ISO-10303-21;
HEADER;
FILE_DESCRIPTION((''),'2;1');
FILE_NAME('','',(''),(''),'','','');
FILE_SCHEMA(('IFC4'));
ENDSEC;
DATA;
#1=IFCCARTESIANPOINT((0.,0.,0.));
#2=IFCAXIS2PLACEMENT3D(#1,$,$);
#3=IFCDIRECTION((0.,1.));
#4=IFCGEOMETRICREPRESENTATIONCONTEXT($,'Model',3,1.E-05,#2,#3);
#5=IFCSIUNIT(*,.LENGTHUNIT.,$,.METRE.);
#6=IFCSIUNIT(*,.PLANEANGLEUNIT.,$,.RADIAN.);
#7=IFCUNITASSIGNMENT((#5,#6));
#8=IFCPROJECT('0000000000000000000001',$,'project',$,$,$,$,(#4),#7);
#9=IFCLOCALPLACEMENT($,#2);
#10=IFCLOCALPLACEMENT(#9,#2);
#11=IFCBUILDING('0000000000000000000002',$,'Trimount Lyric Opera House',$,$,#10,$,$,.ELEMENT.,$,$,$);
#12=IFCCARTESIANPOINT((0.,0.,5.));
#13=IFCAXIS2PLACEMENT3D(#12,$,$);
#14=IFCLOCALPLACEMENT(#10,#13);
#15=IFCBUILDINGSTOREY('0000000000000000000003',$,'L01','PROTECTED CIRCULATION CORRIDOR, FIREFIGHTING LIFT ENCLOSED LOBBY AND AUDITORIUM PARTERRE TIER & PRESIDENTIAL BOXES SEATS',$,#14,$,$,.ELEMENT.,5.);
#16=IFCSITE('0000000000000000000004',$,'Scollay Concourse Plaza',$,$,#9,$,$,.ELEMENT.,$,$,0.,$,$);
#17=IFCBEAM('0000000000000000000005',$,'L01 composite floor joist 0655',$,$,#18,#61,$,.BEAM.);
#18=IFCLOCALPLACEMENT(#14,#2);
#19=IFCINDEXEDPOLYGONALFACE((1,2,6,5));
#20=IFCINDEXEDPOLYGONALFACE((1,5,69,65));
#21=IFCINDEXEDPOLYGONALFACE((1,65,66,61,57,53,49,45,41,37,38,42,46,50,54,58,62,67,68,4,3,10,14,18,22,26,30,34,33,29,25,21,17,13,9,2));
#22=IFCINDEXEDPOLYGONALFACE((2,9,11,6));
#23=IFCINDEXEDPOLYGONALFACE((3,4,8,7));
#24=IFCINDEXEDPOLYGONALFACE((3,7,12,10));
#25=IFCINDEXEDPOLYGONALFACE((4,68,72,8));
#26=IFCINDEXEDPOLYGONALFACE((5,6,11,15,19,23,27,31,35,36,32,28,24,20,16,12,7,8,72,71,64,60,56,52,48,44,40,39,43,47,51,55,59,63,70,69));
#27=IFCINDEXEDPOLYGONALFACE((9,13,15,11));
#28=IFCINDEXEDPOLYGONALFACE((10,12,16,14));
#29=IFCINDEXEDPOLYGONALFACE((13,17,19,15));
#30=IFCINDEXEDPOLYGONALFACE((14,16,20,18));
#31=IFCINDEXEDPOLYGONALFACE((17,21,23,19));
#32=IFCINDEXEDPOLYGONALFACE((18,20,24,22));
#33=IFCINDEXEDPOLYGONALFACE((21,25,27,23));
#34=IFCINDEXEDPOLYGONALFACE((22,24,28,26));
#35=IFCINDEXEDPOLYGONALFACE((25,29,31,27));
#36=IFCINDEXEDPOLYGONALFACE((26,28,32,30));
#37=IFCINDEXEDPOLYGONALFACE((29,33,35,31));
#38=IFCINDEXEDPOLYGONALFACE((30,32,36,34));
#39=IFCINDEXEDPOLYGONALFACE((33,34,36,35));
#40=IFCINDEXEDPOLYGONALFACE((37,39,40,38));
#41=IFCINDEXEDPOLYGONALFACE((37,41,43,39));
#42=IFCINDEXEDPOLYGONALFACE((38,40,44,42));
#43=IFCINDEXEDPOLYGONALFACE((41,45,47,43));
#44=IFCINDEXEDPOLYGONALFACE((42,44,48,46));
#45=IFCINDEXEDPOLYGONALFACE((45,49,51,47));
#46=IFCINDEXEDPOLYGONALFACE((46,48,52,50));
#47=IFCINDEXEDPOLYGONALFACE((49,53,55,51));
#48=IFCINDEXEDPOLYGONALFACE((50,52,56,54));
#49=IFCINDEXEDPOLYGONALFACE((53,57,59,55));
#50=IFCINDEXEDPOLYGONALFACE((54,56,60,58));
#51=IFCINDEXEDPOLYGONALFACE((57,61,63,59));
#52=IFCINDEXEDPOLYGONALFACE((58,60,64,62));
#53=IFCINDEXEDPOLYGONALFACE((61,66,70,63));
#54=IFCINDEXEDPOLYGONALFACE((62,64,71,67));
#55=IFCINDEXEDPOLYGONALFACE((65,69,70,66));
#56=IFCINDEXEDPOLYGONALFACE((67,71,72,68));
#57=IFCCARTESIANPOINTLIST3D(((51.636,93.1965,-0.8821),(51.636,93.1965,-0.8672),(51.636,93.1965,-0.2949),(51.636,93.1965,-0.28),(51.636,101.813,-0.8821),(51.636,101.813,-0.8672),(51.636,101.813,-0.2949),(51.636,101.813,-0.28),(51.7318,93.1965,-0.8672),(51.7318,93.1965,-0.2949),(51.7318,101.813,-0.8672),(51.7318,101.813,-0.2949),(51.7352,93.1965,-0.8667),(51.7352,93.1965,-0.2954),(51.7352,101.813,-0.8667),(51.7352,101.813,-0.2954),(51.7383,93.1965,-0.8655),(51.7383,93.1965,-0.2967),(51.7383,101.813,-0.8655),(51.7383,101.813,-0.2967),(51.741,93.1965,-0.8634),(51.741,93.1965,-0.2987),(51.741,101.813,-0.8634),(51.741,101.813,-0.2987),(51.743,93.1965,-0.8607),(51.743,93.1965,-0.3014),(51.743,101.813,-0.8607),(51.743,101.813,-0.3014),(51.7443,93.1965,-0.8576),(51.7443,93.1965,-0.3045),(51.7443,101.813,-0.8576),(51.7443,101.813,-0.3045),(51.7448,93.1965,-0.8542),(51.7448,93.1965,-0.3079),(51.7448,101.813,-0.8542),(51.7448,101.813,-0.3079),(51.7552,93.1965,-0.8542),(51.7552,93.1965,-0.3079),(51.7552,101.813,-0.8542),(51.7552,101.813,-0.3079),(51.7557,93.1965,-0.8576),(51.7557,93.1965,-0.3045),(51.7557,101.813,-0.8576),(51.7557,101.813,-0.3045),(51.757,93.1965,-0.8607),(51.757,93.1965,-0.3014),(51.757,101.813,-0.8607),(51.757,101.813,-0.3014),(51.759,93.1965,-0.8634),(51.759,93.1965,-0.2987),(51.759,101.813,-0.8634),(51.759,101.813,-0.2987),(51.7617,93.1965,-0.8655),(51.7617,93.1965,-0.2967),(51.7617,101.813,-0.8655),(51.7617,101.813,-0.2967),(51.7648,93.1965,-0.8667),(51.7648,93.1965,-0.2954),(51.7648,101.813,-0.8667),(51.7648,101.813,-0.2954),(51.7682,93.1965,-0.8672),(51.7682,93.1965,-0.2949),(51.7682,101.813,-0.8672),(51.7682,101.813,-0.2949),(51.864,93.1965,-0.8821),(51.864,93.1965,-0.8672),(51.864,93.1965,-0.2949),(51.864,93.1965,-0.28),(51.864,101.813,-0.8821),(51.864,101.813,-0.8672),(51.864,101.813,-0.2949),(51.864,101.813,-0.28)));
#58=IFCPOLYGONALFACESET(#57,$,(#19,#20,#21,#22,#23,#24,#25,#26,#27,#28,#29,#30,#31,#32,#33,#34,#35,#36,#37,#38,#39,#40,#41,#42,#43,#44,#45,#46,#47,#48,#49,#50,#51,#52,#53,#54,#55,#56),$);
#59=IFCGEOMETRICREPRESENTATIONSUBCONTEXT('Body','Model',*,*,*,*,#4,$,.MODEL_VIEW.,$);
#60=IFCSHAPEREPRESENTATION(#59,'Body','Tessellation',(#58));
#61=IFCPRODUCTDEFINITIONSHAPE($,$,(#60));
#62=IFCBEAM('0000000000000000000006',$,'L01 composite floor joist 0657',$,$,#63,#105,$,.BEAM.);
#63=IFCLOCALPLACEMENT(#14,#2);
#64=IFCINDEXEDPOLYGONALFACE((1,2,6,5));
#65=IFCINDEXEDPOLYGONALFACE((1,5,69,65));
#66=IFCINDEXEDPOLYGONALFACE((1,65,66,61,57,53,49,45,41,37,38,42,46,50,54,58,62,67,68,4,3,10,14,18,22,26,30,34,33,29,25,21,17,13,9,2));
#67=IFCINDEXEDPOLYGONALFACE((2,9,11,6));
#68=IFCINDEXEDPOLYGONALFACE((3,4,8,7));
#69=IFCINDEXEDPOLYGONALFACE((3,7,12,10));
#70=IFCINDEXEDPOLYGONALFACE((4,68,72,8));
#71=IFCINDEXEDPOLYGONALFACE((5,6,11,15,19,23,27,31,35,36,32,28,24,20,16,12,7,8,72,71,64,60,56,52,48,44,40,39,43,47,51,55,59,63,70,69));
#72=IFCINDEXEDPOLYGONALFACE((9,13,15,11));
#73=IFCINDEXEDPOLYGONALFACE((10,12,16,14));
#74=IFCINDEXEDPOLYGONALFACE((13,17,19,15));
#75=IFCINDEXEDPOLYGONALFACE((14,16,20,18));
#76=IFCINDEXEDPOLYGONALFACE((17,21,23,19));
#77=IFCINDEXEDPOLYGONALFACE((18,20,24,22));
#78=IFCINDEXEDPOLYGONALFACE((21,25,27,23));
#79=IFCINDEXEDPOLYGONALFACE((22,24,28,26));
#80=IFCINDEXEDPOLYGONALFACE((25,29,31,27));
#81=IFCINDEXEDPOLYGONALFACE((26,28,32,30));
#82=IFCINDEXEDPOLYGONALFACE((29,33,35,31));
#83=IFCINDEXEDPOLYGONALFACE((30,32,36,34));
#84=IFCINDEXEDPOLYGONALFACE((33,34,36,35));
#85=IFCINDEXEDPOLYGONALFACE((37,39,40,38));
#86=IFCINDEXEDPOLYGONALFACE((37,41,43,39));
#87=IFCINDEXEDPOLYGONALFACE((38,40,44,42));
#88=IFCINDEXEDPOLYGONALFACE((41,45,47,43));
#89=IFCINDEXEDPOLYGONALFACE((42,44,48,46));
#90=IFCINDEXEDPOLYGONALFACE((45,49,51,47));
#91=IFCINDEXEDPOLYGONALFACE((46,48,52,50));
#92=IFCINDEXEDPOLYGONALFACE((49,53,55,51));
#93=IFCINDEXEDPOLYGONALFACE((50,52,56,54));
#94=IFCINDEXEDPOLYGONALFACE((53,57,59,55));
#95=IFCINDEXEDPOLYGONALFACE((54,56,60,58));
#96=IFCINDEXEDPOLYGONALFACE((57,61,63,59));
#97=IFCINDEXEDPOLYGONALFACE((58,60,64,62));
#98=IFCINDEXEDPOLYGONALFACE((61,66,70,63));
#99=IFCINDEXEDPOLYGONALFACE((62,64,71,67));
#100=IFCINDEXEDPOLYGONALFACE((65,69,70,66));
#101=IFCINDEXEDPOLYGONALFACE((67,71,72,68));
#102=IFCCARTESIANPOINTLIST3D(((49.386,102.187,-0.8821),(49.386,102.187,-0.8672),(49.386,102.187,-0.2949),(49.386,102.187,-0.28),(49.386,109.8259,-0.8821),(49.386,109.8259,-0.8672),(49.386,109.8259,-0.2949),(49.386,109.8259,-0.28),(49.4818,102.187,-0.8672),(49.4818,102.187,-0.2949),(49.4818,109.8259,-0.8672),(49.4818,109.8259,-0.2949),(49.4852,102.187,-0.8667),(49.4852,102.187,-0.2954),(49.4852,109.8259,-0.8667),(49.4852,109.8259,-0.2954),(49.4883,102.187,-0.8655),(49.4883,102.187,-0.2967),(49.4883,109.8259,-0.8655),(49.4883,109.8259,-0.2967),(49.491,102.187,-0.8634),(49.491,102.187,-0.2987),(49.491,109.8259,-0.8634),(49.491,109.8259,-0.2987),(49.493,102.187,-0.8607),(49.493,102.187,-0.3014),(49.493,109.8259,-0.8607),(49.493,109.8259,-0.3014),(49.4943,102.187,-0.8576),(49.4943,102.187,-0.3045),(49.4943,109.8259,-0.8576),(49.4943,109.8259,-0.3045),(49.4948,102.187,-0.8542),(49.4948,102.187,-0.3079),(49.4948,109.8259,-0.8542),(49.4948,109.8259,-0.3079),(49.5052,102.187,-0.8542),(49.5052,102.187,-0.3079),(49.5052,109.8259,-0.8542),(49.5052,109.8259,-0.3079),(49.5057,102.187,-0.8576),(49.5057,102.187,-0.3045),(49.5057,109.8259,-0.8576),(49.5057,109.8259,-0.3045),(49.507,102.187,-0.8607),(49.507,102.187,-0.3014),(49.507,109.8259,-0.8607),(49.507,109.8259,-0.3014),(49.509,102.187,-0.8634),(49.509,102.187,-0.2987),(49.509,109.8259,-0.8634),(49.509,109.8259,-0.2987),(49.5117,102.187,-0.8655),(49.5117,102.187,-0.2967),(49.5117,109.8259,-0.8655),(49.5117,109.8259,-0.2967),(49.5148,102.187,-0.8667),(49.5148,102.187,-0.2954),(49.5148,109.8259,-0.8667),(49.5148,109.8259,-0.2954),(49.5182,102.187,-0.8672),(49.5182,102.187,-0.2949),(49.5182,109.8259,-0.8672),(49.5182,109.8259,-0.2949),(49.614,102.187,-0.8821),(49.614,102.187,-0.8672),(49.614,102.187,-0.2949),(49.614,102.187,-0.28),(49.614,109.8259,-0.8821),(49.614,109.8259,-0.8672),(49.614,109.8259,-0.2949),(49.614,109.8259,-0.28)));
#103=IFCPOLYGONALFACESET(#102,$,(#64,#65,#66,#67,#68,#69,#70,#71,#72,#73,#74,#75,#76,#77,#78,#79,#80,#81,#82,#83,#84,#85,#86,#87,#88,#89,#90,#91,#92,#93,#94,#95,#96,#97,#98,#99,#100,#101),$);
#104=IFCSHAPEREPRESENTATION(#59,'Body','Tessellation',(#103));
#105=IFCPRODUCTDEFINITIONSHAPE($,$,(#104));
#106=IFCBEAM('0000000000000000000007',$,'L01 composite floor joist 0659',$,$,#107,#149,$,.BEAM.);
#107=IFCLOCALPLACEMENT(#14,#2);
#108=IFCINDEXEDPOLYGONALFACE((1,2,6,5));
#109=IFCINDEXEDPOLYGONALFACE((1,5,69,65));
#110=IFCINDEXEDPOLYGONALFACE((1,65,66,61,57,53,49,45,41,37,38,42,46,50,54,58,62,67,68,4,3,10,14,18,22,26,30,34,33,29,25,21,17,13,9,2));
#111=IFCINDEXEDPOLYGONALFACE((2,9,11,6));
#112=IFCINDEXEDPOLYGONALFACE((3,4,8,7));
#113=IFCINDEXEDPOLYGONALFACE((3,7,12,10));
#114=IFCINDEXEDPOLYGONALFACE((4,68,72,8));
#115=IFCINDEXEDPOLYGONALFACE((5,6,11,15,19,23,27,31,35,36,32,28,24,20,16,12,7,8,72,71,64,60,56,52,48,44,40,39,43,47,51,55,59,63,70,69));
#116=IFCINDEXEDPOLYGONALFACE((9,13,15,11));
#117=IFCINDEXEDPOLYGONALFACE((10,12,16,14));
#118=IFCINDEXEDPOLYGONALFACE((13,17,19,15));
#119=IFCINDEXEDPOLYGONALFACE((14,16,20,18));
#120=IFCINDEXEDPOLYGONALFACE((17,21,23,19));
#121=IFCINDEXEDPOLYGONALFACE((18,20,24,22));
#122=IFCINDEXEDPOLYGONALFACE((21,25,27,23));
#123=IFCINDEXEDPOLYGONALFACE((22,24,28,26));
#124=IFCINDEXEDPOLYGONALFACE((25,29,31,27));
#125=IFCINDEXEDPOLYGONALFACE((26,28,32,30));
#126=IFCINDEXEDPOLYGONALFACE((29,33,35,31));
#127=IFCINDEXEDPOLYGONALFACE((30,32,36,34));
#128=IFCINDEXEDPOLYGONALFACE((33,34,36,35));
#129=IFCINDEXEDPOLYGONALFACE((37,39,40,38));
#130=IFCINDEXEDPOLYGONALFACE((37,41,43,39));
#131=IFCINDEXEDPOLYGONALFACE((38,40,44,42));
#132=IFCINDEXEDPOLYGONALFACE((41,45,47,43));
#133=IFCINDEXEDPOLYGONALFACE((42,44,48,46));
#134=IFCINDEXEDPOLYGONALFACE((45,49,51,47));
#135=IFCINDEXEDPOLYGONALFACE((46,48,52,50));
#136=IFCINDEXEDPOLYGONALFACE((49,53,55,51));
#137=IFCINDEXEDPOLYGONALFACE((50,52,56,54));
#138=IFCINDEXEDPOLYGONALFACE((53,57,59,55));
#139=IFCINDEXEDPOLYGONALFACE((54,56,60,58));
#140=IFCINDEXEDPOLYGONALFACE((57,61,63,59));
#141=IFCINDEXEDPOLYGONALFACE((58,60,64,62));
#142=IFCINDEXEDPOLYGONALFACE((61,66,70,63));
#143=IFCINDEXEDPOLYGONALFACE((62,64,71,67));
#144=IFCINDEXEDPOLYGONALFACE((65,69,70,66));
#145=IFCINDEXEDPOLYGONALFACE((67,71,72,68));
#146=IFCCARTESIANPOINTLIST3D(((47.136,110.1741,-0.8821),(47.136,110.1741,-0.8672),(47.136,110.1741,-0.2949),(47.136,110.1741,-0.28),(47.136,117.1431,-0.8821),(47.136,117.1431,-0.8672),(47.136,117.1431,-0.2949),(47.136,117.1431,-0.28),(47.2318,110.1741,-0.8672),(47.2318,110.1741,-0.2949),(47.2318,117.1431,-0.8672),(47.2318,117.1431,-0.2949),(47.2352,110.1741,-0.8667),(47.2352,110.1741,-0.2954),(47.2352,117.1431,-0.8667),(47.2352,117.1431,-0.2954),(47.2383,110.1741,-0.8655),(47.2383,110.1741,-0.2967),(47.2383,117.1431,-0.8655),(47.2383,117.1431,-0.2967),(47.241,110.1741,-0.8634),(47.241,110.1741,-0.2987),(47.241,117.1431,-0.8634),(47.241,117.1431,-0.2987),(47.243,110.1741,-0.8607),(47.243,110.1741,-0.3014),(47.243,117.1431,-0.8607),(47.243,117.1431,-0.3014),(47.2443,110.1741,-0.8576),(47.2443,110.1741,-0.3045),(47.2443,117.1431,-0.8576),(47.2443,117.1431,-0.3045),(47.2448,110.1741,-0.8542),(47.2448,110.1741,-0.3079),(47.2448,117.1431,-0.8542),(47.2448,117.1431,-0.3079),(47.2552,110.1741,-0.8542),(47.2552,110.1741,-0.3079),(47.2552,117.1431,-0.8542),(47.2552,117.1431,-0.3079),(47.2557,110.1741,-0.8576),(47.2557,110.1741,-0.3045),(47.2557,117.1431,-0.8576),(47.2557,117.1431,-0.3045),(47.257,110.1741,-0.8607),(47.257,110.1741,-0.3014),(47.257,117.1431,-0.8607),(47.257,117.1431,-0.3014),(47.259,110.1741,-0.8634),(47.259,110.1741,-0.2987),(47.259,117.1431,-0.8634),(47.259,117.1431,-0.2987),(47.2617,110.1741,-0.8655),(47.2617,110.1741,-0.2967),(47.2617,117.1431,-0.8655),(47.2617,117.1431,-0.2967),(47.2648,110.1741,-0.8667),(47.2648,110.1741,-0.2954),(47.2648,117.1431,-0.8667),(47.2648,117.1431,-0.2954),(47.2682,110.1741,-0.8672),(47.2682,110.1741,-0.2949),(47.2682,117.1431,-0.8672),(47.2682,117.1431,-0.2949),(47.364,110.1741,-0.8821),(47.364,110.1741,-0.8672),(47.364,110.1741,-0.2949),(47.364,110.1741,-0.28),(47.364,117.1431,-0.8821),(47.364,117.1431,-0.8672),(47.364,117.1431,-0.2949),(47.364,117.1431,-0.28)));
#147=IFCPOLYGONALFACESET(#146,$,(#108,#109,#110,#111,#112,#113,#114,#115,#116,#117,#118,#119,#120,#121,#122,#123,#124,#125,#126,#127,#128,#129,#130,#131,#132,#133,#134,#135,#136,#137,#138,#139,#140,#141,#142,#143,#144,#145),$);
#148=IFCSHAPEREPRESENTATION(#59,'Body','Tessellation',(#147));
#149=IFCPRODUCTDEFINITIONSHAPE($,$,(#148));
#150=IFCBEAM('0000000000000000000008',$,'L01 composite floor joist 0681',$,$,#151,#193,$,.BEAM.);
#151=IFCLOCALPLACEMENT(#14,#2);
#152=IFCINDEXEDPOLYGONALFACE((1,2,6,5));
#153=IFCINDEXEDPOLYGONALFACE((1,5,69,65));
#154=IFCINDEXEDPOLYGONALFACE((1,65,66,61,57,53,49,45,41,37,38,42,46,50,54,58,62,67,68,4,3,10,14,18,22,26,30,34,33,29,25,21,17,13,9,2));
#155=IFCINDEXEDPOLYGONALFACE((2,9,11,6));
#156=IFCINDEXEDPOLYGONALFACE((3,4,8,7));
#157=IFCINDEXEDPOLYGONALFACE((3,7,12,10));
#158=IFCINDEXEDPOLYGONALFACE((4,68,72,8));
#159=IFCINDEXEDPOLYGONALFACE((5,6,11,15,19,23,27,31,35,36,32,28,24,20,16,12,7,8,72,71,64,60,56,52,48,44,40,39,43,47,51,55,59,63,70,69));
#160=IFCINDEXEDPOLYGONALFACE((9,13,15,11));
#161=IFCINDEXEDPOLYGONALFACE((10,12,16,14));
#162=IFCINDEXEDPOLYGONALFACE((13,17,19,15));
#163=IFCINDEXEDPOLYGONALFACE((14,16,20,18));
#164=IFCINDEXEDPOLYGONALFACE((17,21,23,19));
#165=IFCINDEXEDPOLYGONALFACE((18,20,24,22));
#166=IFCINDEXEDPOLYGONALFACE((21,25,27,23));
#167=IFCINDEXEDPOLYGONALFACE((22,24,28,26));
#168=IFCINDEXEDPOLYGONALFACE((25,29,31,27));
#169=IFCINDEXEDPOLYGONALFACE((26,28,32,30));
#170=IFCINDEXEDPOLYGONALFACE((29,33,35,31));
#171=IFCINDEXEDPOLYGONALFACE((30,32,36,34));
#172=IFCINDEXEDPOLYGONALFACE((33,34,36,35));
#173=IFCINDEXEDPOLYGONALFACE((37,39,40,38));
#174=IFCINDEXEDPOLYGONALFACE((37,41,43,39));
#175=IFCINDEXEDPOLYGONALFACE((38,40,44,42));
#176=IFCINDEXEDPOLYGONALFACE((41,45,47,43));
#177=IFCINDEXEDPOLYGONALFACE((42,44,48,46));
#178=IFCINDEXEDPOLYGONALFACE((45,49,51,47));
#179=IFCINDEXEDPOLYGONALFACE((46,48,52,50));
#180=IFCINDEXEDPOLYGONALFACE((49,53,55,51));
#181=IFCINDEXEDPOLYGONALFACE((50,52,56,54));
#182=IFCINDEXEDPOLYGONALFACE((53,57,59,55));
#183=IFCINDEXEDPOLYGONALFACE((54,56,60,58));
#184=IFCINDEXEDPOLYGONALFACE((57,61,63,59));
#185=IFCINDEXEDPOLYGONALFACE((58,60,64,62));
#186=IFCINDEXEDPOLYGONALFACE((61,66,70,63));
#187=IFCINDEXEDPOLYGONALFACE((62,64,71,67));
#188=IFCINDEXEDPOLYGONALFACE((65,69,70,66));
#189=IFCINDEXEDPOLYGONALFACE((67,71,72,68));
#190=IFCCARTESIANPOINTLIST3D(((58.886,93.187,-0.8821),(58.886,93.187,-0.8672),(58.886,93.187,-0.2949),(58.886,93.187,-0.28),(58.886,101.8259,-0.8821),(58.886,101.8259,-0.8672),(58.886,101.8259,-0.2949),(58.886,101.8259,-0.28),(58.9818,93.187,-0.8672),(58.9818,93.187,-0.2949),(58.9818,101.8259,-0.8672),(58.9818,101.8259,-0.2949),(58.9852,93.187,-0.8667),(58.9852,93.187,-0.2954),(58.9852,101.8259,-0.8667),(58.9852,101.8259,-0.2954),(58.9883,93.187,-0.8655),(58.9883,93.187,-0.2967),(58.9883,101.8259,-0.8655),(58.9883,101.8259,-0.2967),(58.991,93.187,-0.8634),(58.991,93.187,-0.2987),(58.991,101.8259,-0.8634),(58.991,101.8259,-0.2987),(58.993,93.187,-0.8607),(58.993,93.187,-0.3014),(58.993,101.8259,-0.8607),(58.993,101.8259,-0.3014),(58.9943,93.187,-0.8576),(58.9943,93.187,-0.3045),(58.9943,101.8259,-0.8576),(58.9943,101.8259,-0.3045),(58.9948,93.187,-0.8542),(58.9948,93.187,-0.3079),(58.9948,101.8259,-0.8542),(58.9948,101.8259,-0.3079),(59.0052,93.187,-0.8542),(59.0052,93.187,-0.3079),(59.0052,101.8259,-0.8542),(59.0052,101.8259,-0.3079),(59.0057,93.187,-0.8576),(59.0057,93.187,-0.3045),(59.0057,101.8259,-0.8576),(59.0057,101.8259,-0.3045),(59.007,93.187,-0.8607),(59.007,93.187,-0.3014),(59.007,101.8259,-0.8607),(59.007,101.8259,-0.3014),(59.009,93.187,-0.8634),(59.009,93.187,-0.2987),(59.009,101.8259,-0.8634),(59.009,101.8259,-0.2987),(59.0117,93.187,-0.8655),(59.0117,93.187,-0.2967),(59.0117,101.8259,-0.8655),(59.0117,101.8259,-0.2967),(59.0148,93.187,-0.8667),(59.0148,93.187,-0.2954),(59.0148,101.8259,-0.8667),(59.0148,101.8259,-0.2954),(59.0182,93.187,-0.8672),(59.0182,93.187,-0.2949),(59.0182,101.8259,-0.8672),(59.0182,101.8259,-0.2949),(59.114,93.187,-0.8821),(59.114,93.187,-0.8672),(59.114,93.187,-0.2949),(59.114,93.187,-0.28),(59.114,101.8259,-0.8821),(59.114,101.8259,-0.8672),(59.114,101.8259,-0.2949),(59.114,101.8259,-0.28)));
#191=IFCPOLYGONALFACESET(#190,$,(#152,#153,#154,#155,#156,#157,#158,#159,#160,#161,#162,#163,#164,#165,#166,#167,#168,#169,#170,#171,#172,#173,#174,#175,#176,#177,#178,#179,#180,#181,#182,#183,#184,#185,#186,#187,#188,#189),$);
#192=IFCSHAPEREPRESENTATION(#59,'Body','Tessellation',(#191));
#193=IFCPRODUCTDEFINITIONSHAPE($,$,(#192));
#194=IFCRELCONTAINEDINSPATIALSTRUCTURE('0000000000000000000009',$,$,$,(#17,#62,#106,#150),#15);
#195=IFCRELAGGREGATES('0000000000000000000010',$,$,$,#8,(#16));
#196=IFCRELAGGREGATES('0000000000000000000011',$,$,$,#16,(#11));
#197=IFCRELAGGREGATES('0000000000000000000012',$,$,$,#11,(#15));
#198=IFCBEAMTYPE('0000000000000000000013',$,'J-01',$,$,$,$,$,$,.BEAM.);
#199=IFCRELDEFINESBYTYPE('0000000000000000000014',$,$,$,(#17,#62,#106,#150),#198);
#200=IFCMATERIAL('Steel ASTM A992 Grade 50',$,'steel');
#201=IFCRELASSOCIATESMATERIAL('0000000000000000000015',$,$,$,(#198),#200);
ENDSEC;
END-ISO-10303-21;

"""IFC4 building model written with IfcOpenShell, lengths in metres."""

from ifc_helpers import new_model, si_unit, direction, frame, origin, origin_2d, place, context, subcontext, project, spatial, i_section, extrude, material, material_profile, profile_set, type_object, element, save


model = new_model("IFC4")

# Units and contexts
model_context = context("Model", 3, precision=1e-05, world=origin(), true_north=direction((0.0, 1.0)))
body_context = subcontext(model_context, "Body", "Model", "MODEL_VIEW")
ifc_project = project(units=[si_unit("LENGTHUNIT", "METRE"), si_unit("PLANEANGLEUNIT", "RADIAN")], contexts=[model_context])

# Site, building, storey
site_placement = place(None, origin())
site = spatial("IfcSite", under=ifc_project, at=site_placement, Name="Scollay Concourse Plaza", CompositionType="ELEMENT", RefElevation=0.0)
building_placement = place(site_placement, origin())
building = spatial("IfcBuilding", under=site, at=building_placement, Name="Trimount Lyric Opera House", CompositionType="ELEMENT")
storey_placement = place(building_placement, frame((0.0, 0.0, 5.0)))
storey = spatial("IfcBuildingStorey", under=building, at=storey_placement, Name="L01", Description="PROTECTED CIRCULATION CORRIDOR, FIREFIGHTING LIFT ENCLOSED LOBBY AND AUDITORIUM PARTERRE TIER & PRESIDENTIAL BOXES SEATS", CompositionType="ELEMENT", Elevation=5.0)

# Beams
ifc_material_1 = material(Name="Steel ASTM A992 Grade 50", Category="steel")
ifc_material_profile_1 = material_profile(ifc_material_1, i_section(OverallWidth=0.228, OverallDepth=0.6021, WebThickness=0.0105, FlangeThickness=0.0149, FilletRadius=0.0129, at=origin_2d()), Name="W24X68")
ifc_profile_set_1 = profile_set([ifc_material_profile_1], Name="Steel ASTM A992 Grade 50")
beam_type_1 = type_object("IfcBeamType", Name="J-01", PredefinedType="BEAM", material=ifc_profile_set_1)
beam_1_placement = place(storey_placement, frame((51.75, 93.1965, -0.5811), z_axis=(0.0, 1.0, 0.0), x_axis=(-1.0, 0.0, 0.0)))
element("IfcBeam", 1, at=beam_1_placement, inside=storey, type_object=beam_type_1, Name="L01 composite floor joist 0655", PredefinedType="BEAM", context=body_context, shape_type="SweptSolid", body=[
    extrude(i_section(OverallWidth=0.228, OverallDepth=0.6021, WebThickness=0.0105, FlangeThickness=0.0149, FilletRadius=0.0129, at=origin_2d()), origin(), (0.0, 0.0, 1.0), 8.6165),
])
beam_2_placement = place(storey_placement, frame((49.5, 102.187, -0.5811), z_axis=(0.0, 1.0, 0.0), x_axis=(-1.0, 0.0, 0.0)))
element("IfcBeam", 2, at=beam_2_placement, inside=storey, type_object=beam_type_1, Name="L01 composite floor joist 0657", PredefinedType="BEAM", context=body_context, shape_type="SweptSolid", body=[
    extrude(i_section(OverallWidth=0.228, OverallDepth=0.6021, WebThickness=0.0105, FlangeThickness=0.0149, FilletRadius=0.0129, at=origin_2d()), origin(), (0.0, 0.0, 1.0), 7.6389),
])
beam_3_placement = place(storey_placement, frame((47.25, 110.1741, -0.5811), z_axis=(0.0, 1.0, 0.0), x_axis=(-1.0, 0.0, 0.0)))
element("IfcBeam", 3, at=beam_3_placement, inside=storey, type_object=beam_type_1, Name="L01 composite floor joist 0659", PredefinedType="BEAM", context=body_context, shape_type="SweptSolid", body=[
    extrude(i_section(OverallWidth=0.228, OverallDepth=0.6021, WebThickness=0.0105, FlangeThickness=0.0149, FilletRadius=0.0129, at=origin_2d()), origin(), (0.0, 0.0, 1.0), 6.969),
])
beam_4_placement = place(storey_placement, frame((59.0, 93.187, -0.5811), z_axis=(0.0, 1.0, 0.0), x_axis=(-1.0, 0.0, 0.0)))
element("IfcBeam", 4, at=beam_4_placement, inside=storey, type_object=beam_type_1, Name="L01 composite floor joist 0681", PredefinedType="BEAM", context=body_context, shape_type="SweptSolid", body=[
    extrude(i_section(OverallWidth=0.228, OverallDepth=0.6021, WebThickness=0.0105, FlangeThickness=0.0149, FilletRadius=0.0129, at=origin_2d()), origin(), (0.0, 0.0, 1.0), 8.6389),
])

save(model, "model.ifc")
